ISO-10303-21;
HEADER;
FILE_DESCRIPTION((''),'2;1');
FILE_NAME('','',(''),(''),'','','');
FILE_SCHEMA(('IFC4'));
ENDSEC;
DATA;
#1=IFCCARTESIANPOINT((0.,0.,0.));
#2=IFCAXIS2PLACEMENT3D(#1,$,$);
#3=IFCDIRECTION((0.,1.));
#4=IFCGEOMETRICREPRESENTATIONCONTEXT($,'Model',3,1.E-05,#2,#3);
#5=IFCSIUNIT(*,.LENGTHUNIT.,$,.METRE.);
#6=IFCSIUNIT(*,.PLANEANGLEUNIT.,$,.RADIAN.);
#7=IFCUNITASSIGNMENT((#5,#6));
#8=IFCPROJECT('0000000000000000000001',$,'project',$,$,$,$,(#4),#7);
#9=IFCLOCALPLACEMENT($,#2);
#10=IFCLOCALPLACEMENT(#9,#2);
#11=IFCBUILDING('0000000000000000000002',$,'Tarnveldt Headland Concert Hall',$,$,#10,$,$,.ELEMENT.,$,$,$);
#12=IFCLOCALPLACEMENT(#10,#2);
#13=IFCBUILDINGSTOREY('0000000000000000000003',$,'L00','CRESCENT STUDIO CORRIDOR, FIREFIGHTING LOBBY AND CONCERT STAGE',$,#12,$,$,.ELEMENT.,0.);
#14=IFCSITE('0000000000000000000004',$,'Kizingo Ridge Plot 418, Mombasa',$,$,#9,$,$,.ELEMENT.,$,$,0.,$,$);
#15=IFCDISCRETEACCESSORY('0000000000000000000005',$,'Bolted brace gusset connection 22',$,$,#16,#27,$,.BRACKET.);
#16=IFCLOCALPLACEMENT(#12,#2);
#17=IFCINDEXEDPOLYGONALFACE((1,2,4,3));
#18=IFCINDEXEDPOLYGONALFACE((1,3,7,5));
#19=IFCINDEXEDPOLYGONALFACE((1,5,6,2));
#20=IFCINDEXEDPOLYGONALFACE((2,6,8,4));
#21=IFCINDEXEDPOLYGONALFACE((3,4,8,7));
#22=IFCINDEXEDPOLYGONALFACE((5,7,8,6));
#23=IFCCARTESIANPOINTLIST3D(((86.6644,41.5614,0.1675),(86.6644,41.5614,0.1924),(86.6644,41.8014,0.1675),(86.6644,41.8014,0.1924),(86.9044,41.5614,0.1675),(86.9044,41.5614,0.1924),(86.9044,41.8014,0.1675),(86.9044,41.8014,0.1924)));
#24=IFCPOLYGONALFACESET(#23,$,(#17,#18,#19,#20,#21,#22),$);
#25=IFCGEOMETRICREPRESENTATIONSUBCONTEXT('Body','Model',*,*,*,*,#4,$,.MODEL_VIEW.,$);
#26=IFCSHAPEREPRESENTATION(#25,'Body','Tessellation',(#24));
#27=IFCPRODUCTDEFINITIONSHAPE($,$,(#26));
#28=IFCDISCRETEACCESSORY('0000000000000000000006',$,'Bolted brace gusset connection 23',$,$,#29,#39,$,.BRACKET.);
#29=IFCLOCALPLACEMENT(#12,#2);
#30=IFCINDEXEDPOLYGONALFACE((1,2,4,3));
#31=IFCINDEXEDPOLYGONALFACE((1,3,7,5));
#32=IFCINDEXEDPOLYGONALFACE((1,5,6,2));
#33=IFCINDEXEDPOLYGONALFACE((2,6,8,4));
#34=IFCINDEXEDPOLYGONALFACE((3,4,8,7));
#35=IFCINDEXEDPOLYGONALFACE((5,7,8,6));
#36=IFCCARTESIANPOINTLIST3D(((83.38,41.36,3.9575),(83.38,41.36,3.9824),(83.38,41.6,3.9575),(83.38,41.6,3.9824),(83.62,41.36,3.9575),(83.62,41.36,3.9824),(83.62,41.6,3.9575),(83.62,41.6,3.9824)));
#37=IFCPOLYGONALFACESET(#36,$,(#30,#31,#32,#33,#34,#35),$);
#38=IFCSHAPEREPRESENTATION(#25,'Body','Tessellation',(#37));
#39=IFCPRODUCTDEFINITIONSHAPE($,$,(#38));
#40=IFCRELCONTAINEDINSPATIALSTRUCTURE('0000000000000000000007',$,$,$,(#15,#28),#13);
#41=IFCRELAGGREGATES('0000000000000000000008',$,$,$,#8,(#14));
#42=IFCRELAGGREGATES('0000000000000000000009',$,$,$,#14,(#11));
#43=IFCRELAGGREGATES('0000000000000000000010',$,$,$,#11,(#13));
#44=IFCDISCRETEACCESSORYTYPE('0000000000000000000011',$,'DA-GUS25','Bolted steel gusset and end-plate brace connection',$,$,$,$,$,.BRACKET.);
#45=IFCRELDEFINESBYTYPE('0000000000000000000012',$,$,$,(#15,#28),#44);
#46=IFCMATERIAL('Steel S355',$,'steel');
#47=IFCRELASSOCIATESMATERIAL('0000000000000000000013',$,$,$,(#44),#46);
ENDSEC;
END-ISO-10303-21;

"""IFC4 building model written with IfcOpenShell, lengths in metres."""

from ifc_helpers import new_model, si_unit, direction, frame, origin, origin_2d, place, context, subcontext, project, spatial, rectangle, extrude, material, type_object, element, save


model = new_model("IFC4")

# Units and contexts
model_context = context("Model", 3, precision=1e-05, world=origin(), true_north=direction((0.0, 1.0)))
body_context = subcontext(model_context, "Body", "Model", "MODEL_VIEW")
ifc_project = project(units=[si_unit("LENGTHUNIT", "METRE"), si_unit("PLANEANGLEUNIT", "RADIAN")], contexts=[model_context])

# Site, building, storey
site_placement = place(None, origin())
site = spatial("IfcSite", under=ifc_project, at=site_placement, Name="Kizingo Ridge Plot 418, Mombasa", CompositionType="ELEMENT", RefElevation=0.0)
building_placement = place(site_placement, origin())
building = spatial("IfcBuilding", under=site, at=building_placement, Name="Tarnveldt Headland Concert Hall", CompositionType="ELEMENT")
storey_placement = place(building_placement, origin())
storey = spatial("IfcBuildingStorey", under=building, at=storey_placement, Name="L00", Description="CRESCENT STUDIO CORRIDOR, FIREFIGHTING LOBBY AND CONCERT STAGE", CompositionType="ELEMENT", Elevation=0.0)

# Shared definitions
ifc_material_1 = material(Name="Steel S355", Category="steel")

# Discrete accessories
discrete_accessory_type = type_object("IfcDiscreteAccessoryType", Name="DA-GUS25", Description="Bolted steel gusset and end-plate brace connection", PredefinedType="BRACKET", material=ifc_material_1)
for number, where, z_axis, x_axis, name in (
    (1, (86.7844, 41.6814, 0.1675), (0.0, 0.0, 1.0), (1.0, 0.0, 0.0), "Bolted brace gusset connection 22"),
    (2, (83.5, 41.48, 3.9575), (0.0, 0.0, 1.0), (1.0, 0.0, 0.0), "Bolted brace gusset connection 23"),
):
    element("IfcDiscreteAccessory", number, at=place(storey_placement, frame(where, z_axis=z_axis, x_axis=x_axis)), inside=storey, type_object=discrete_accessory_type, Name=name, PredefinedType="BRACKET", context=body_context, shape_type="SweptSolid", body=[
        extrude(rectangle(XDim=0.24, YDim=0.24, at=origin_2d()), origin(), (0.0, 0.0, 1.0), 0.0249),
    ])

save(model, "model.ifc")
